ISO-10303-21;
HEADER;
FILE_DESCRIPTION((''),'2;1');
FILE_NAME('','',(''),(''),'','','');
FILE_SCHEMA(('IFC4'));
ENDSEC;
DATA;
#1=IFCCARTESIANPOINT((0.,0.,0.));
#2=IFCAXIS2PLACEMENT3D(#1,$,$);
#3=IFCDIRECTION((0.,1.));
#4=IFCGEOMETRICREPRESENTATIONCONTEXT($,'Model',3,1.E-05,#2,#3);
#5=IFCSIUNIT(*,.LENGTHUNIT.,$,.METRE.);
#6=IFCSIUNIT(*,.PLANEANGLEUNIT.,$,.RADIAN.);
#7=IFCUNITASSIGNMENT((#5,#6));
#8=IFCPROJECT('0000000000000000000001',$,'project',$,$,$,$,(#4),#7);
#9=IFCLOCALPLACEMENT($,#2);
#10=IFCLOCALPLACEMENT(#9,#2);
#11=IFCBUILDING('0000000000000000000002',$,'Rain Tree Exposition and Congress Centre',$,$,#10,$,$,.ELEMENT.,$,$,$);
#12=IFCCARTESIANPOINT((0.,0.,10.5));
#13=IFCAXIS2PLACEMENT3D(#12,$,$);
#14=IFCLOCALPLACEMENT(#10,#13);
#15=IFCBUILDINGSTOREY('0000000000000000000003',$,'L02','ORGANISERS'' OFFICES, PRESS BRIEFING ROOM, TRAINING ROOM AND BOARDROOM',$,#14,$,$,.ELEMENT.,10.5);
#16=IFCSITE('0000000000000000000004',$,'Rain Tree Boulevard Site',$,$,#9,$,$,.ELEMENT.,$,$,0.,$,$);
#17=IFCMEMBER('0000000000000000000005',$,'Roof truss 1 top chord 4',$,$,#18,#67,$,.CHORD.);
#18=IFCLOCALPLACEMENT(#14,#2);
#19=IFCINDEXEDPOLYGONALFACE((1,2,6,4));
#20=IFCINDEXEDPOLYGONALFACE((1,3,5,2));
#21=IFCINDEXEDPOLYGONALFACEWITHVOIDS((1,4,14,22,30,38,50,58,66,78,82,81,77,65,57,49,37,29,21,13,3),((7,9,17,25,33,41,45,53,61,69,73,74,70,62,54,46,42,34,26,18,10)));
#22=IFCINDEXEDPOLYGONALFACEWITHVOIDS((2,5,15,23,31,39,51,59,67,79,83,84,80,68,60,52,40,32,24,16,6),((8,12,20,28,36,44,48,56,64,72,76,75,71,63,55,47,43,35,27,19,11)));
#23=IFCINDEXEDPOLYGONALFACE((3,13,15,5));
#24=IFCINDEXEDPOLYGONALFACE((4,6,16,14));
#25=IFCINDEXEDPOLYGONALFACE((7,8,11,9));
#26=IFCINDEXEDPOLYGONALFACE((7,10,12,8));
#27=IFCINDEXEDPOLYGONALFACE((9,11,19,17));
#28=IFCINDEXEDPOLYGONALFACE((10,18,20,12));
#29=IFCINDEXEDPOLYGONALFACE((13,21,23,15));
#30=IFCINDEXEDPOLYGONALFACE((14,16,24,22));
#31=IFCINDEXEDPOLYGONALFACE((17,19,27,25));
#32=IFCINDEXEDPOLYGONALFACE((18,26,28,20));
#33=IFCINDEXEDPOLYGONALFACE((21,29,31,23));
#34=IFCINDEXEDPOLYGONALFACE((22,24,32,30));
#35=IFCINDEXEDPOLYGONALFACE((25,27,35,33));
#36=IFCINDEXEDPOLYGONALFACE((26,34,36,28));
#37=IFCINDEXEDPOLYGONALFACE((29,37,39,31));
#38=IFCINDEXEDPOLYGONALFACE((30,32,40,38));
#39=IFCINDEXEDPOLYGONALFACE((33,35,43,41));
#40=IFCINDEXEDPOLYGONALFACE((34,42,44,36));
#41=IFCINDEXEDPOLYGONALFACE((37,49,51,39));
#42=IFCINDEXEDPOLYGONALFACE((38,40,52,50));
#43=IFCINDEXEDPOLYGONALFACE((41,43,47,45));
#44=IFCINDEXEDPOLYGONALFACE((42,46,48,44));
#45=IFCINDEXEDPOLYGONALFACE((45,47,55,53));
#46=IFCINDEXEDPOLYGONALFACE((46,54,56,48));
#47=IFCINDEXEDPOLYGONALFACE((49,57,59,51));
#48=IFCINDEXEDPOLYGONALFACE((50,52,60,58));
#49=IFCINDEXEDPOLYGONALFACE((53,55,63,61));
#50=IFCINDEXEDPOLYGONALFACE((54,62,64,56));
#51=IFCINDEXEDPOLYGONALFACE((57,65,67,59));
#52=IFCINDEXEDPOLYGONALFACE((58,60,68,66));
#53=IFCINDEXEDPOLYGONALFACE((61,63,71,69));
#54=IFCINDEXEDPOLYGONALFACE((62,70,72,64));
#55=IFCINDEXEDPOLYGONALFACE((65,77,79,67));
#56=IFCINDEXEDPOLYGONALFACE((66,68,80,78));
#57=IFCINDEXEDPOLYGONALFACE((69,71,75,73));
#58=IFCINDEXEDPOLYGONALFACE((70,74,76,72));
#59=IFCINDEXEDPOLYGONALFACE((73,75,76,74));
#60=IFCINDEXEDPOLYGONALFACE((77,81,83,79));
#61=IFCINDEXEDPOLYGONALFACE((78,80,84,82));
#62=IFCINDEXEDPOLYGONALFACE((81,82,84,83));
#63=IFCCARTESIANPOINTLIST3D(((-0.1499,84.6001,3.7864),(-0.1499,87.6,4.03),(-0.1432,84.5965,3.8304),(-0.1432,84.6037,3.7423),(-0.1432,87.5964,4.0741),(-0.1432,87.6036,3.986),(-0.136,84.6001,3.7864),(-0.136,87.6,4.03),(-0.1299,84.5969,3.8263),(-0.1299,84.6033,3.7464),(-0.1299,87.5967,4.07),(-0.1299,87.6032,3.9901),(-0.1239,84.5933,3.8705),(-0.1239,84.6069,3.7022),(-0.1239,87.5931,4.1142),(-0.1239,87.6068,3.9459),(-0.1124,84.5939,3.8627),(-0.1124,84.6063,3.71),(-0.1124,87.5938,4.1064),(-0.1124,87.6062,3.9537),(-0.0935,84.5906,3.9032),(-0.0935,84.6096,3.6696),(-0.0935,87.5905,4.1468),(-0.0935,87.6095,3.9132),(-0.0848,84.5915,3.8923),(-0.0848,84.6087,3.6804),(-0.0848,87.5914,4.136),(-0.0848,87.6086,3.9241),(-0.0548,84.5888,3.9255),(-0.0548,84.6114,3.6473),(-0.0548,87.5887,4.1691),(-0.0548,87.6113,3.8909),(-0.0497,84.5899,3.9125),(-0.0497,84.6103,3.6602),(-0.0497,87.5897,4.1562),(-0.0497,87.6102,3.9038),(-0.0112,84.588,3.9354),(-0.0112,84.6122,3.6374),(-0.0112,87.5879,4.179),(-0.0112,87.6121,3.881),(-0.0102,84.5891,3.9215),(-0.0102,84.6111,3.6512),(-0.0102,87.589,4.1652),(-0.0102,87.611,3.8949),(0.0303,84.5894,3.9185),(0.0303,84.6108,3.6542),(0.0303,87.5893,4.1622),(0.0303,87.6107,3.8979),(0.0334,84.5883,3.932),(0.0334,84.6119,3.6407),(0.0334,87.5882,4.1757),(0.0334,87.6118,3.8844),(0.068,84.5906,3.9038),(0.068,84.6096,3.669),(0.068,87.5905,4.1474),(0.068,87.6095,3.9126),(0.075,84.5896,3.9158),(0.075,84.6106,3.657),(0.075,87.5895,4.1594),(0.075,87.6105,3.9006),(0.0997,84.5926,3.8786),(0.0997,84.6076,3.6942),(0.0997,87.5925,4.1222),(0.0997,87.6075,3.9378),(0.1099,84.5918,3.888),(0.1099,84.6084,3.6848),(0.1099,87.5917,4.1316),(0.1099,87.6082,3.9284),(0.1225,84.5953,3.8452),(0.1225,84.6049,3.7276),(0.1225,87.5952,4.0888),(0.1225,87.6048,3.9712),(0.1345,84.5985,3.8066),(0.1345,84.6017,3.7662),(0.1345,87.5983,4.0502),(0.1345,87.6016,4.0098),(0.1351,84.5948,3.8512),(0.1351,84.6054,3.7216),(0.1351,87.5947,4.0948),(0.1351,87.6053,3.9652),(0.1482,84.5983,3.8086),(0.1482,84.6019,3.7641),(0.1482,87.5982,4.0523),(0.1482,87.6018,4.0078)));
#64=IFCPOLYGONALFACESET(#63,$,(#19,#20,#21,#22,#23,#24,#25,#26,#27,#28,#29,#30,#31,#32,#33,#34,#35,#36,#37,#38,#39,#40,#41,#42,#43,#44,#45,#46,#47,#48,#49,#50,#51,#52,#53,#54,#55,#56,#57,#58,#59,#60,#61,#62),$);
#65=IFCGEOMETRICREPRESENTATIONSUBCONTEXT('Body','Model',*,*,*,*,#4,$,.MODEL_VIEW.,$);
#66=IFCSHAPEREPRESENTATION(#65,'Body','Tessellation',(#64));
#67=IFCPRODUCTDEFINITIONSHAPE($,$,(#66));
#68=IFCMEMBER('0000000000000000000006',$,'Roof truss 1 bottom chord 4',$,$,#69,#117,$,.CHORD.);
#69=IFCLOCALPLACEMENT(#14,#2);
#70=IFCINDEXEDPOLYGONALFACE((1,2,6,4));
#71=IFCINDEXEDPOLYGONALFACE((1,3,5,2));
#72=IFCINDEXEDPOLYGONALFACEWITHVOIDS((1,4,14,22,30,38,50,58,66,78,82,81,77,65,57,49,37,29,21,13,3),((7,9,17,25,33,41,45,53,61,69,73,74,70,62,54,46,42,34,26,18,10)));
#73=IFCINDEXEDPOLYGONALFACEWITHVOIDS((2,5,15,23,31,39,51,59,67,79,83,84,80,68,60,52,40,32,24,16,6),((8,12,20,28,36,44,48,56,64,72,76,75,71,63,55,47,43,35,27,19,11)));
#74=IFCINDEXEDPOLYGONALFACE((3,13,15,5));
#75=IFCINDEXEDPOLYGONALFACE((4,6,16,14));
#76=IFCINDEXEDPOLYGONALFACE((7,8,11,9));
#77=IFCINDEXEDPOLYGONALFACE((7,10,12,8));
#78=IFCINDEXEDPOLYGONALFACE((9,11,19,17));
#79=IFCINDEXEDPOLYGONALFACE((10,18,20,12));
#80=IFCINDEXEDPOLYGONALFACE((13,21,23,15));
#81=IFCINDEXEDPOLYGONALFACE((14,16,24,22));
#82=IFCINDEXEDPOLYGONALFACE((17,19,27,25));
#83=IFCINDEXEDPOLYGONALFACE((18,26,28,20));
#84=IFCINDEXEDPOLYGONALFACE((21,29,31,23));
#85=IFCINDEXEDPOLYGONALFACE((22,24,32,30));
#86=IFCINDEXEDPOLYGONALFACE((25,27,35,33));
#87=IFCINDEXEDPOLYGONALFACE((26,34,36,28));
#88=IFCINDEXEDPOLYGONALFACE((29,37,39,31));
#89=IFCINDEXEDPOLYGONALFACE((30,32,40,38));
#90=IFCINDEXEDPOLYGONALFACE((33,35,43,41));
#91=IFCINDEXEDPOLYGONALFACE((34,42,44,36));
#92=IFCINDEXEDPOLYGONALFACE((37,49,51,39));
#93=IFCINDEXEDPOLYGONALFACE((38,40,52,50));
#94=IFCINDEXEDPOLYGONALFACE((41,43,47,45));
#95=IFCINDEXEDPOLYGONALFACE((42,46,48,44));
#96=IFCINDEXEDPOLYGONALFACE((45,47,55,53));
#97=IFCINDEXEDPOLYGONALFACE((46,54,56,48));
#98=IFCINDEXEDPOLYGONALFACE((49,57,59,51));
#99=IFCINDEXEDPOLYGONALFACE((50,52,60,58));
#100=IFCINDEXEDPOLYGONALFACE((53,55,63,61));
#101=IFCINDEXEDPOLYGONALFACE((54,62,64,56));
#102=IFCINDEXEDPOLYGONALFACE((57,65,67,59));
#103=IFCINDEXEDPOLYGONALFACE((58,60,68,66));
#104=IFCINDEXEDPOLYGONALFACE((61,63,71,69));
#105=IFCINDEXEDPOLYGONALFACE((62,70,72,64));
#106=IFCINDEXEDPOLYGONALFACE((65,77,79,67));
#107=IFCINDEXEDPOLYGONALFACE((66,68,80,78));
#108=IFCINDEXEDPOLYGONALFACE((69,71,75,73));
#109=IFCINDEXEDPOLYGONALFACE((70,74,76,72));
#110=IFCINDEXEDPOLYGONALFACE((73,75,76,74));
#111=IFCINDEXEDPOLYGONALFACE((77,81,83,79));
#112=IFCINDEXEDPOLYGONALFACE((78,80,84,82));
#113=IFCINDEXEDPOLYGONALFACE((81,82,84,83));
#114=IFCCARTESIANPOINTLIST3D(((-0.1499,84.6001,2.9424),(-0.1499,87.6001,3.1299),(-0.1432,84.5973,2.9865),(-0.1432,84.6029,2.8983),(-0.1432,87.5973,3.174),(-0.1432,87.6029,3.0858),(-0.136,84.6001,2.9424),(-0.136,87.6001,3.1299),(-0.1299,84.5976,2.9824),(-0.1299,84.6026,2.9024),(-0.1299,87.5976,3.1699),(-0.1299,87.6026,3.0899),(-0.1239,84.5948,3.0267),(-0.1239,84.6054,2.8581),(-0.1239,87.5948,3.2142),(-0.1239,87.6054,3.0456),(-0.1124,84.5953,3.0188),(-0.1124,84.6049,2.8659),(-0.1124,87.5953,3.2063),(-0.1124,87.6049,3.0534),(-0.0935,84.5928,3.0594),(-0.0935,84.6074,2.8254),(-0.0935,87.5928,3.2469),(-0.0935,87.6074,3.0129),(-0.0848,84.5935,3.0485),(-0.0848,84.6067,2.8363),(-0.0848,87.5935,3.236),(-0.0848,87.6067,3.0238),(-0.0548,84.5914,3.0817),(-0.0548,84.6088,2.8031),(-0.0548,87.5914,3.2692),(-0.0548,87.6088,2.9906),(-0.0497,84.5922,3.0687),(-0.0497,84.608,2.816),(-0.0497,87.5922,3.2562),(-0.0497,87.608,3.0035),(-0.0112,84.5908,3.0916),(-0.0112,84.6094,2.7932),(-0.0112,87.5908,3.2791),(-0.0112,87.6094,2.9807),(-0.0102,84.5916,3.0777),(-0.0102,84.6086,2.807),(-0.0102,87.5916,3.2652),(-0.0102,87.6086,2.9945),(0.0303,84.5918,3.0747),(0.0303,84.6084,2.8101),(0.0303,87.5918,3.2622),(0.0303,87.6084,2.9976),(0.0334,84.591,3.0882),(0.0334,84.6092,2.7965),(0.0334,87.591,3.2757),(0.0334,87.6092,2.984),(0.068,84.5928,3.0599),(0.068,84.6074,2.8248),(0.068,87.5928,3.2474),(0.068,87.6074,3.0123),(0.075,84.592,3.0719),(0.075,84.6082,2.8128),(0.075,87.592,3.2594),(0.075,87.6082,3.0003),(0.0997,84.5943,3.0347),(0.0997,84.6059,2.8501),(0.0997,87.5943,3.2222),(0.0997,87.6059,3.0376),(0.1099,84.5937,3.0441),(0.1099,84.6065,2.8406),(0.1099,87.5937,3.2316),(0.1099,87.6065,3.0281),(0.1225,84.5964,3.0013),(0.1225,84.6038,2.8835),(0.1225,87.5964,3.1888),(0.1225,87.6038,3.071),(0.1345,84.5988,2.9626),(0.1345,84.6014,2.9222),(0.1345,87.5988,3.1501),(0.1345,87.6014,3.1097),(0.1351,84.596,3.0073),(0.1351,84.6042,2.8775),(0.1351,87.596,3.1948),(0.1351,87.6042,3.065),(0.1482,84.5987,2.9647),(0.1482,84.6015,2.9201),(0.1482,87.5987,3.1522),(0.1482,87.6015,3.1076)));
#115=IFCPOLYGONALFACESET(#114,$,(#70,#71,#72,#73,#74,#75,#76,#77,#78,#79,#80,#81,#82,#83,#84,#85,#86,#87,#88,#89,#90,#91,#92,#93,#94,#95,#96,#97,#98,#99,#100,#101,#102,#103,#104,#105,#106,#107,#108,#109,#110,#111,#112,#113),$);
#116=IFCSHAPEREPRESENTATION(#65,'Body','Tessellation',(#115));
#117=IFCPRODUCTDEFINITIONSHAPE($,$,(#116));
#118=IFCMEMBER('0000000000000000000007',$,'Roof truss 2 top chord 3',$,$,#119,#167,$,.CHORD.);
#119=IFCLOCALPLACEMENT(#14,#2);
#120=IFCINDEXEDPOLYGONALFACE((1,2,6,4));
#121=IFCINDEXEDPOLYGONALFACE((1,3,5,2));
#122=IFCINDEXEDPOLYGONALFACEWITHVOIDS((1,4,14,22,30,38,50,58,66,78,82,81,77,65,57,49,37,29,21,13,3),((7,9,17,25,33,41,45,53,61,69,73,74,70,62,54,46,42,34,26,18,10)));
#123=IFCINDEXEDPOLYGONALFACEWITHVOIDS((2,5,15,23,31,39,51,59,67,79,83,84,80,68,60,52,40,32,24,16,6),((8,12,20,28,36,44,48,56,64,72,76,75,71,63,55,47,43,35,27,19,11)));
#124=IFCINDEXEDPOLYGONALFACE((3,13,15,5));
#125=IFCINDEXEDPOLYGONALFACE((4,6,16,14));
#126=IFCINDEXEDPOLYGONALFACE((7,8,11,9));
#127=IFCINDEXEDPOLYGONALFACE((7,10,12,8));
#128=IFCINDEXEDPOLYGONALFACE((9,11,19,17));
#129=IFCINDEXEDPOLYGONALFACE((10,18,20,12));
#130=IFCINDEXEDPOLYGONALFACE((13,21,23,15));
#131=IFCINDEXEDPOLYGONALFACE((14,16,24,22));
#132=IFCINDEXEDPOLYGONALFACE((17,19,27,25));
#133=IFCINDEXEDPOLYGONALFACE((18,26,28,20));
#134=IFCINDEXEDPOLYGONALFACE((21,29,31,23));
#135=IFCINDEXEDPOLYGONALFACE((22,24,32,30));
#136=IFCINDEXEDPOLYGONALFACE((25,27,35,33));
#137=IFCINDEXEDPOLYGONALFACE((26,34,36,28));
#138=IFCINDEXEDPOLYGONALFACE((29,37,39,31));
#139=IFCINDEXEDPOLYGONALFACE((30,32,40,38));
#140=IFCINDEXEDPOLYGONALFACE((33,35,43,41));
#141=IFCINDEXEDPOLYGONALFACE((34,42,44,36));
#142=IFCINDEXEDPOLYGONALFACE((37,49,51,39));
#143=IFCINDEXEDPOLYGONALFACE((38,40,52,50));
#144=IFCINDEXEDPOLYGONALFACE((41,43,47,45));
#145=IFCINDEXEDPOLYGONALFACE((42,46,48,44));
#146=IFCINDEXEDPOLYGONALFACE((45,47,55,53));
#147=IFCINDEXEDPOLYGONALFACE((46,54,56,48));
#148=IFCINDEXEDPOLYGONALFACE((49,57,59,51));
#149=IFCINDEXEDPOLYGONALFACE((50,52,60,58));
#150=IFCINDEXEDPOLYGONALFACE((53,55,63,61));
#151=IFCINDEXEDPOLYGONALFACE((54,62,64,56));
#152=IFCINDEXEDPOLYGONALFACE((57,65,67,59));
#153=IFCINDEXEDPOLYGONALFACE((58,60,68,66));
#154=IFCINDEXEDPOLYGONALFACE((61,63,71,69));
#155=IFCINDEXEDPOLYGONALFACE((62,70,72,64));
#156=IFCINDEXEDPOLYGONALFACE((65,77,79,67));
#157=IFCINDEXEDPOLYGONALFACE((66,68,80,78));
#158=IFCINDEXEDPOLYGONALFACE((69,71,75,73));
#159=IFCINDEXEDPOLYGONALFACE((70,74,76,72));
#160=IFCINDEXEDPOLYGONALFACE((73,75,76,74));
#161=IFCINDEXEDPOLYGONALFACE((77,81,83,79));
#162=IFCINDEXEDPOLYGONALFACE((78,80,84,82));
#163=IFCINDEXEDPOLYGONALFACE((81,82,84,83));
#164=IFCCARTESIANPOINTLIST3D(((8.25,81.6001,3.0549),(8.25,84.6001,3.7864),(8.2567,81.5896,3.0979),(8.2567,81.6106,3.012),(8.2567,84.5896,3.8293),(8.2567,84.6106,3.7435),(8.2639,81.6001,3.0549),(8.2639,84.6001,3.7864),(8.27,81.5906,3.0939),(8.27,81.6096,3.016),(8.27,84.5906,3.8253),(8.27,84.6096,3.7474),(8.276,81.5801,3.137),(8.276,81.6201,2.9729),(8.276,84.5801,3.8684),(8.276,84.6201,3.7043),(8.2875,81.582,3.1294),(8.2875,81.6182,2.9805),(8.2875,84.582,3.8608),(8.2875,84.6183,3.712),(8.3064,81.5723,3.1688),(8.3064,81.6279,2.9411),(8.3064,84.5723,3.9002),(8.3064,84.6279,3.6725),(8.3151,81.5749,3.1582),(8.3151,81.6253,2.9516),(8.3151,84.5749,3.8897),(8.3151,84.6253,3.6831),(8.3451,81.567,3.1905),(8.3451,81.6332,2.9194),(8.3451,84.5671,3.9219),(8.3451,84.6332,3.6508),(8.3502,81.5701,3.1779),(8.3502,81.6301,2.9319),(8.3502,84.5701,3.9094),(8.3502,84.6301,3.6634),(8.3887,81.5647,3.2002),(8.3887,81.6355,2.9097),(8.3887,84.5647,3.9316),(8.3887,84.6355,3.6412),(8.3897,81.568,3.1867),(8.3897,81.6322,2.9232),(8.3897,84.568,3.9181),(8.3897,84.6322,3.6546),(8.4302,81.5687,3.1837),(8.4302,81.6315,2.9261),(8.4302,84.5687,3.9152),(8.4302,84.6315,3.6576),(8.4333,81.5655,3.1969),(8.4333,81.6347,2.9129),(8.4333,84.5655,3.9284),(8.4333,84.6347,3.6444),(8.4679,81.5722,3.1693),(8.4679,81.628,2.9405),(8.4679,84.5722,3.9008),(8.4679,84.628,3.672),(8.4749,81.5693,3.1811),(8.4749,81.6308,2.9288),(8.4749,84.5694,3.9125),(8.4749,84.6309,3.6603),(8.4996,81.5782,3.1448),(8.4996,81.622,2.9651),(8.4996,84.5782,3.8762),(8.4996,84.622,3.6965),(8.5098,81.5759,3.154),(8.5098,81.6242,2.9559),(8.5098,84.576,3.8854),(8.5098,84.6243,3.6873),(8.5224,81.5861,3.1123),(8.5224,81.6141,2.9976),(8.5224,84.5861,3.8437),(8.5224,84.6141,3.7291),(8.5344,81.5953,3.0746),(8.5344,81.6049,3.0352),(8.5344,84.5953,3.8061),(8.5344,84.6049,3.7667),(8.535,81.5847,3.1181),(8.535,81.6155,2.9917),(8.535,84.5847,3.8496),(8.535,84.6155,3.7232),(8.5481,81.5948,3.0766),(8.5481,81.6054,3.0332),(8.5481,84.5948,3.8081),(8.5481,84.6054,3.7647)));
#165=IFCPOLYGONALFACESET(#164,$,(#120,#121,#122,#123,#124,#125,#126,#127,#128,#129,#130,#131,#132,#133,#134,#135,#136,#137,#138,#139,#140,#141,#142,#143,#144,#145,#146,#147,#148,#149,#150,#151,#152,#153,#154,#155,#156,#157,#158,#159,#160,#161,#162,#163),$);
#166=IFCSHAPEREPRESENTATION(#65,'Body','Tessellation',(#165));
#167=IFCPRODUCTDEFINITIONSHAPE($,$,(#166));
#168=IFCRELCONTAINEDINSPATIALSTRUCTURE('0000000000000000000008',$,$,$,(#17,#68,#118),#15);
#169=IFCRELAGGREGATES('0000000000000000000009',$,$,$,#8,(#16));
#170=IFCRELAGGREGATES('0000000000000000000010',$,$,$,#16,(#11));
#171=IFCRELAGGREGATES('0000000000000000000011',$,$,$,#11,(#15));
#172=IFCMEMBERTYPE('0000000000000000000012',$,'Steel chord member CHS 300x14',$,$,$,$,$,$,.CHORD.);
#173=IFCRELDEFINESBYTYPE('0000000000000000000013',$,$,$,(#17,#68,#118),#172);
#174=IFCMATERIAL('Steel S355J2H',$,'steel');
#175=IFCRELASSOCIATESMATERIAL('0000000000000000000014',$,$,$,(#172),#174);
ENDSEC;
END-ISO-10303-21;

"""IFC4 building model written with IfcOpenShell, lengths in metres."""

from ifc_helpers import new_model, si_unit, direction, frame, origin, origin_2d, place, context, subcontext, project, spatial, hollow_circle, extrude, material, material_profile, profile_set, type_object, element, save


model = new_model("IFC4")

# Units and contexts
model_context = context("Model", 3, precision=1e-05, world=origin(), true_north=direction((0.0, 1.0)))
body_context = subcontext(model_context, "Body", "Model", "MODEL_VIEW")
ifc_project = project(units=[si_unit("LENGTHUNIT", "METRE"), si_unit("PLANEANGLEUNIT", "RADIAN")], contexts=[model_context])

# Site, building, storey
site_placement = place(None, origin())
site = spatial("IfcSite", under=ifc_project, at=site_placement, Name="Rain Tree Boulevard Site", CompositionType="ELEMENT", RefElevation=0.0)
building_placement = place(site_placement, origin())
building = spatial("IfcBuilding", under=site, at=building_placement, Name="Rain Tree Exposition and Congress Centre", CompositionType="ELEMENT")
storey_placement = place(building_placement, frame((0.0, 0.0, 10.5)))
storey = spatial("IfcBuildingStorey", under=building, at=storey_placement, Name="L02", Description="ORGANISERS' OFFICES, PRESS BRIEFING ROOM, TRAINING ROOM AND BOARDROOM", CompositionType="ELEMENT", Elevation=10.5)

# Members
ifc_material_1 = material(Name="Steel S355J2H", Category="steel")
ifc_material_profile_1 = material_profile(ifc_material_1, hollow_circle(Radius=0.1499, WallThickness=0.0139, at=origin_2d()), Name="CHS 300x14")
ifc_profile_set_1 = profile_set([ifc_material_profile_1], Name="Steel S355J2H")
member_type_1 = type_object("IfcMemberType", Name="Steel chord member CHS 300x14", PredefinedType="CHORD", material=ifc_profile_set_1)
member_1_placement = place(storey_placement, frame((0.0, 84.6001, 3.7864), z_axis=(0.0, 0.996718, 0.080951), x_axis=(-1.0, 0.0, 0.0)))
element("IfcMember", 1, at=member_1_placement, inside=storey, type_object=member_type_1, Name="Roof truss 1 top chord 4", PredefinedType="CHORD", context=body_context, shape_type="SweptSolid", body=[
    extrude(hollow_circle(Radius=0.1499, WallThickness=0.0139, at=origin_2d()), origin(), (0.0, 0.0, 1.0), 3.0098),
])
member_2_placement = place(storey_placement, frame((0.0, 84.6001, 2.9424), z_axis=(0.0, 0.998053, 0.062378), x_axis=(-1.0, 0.0, 0.0)))
element("IfcMember", 2, at=member_2_placement, inside=storey, type_object=member_type_1, Name="Roof truss 1 bottom chord 4", PredefinedType="CHORD", context=body_context, shape_type="SweptSolid", body=[
    extrude(hollow_circle(Radius=0.1499, WallThickness=0.0139, at=origin_2d()), origin(), (0.0, 0.0, 1.0), 3.0059),
])
member_3_placement = place(storey_placement, frame((8.3999, 81.6001, 3.0549), z_axis=(0.0, 0.97154, 0.236876), x_axis=(-1.0, 0.0, 0.0)))
element("IfcMember", 3, at=member_3_placement, inside=storey, type_object=member_type_1, Name="Roof truss 2 top chord 3", PredefinedType="CHORD", context=body_context, shape_type="SweptSolid", body=[
    extrude(hollow_circle(Radius=0.1499, WallThickness=0.0139, at=origin_2d()), origin(), (0.0, 0.0, 1.0), 3.0879),
])

save(model, "model.ifc")
